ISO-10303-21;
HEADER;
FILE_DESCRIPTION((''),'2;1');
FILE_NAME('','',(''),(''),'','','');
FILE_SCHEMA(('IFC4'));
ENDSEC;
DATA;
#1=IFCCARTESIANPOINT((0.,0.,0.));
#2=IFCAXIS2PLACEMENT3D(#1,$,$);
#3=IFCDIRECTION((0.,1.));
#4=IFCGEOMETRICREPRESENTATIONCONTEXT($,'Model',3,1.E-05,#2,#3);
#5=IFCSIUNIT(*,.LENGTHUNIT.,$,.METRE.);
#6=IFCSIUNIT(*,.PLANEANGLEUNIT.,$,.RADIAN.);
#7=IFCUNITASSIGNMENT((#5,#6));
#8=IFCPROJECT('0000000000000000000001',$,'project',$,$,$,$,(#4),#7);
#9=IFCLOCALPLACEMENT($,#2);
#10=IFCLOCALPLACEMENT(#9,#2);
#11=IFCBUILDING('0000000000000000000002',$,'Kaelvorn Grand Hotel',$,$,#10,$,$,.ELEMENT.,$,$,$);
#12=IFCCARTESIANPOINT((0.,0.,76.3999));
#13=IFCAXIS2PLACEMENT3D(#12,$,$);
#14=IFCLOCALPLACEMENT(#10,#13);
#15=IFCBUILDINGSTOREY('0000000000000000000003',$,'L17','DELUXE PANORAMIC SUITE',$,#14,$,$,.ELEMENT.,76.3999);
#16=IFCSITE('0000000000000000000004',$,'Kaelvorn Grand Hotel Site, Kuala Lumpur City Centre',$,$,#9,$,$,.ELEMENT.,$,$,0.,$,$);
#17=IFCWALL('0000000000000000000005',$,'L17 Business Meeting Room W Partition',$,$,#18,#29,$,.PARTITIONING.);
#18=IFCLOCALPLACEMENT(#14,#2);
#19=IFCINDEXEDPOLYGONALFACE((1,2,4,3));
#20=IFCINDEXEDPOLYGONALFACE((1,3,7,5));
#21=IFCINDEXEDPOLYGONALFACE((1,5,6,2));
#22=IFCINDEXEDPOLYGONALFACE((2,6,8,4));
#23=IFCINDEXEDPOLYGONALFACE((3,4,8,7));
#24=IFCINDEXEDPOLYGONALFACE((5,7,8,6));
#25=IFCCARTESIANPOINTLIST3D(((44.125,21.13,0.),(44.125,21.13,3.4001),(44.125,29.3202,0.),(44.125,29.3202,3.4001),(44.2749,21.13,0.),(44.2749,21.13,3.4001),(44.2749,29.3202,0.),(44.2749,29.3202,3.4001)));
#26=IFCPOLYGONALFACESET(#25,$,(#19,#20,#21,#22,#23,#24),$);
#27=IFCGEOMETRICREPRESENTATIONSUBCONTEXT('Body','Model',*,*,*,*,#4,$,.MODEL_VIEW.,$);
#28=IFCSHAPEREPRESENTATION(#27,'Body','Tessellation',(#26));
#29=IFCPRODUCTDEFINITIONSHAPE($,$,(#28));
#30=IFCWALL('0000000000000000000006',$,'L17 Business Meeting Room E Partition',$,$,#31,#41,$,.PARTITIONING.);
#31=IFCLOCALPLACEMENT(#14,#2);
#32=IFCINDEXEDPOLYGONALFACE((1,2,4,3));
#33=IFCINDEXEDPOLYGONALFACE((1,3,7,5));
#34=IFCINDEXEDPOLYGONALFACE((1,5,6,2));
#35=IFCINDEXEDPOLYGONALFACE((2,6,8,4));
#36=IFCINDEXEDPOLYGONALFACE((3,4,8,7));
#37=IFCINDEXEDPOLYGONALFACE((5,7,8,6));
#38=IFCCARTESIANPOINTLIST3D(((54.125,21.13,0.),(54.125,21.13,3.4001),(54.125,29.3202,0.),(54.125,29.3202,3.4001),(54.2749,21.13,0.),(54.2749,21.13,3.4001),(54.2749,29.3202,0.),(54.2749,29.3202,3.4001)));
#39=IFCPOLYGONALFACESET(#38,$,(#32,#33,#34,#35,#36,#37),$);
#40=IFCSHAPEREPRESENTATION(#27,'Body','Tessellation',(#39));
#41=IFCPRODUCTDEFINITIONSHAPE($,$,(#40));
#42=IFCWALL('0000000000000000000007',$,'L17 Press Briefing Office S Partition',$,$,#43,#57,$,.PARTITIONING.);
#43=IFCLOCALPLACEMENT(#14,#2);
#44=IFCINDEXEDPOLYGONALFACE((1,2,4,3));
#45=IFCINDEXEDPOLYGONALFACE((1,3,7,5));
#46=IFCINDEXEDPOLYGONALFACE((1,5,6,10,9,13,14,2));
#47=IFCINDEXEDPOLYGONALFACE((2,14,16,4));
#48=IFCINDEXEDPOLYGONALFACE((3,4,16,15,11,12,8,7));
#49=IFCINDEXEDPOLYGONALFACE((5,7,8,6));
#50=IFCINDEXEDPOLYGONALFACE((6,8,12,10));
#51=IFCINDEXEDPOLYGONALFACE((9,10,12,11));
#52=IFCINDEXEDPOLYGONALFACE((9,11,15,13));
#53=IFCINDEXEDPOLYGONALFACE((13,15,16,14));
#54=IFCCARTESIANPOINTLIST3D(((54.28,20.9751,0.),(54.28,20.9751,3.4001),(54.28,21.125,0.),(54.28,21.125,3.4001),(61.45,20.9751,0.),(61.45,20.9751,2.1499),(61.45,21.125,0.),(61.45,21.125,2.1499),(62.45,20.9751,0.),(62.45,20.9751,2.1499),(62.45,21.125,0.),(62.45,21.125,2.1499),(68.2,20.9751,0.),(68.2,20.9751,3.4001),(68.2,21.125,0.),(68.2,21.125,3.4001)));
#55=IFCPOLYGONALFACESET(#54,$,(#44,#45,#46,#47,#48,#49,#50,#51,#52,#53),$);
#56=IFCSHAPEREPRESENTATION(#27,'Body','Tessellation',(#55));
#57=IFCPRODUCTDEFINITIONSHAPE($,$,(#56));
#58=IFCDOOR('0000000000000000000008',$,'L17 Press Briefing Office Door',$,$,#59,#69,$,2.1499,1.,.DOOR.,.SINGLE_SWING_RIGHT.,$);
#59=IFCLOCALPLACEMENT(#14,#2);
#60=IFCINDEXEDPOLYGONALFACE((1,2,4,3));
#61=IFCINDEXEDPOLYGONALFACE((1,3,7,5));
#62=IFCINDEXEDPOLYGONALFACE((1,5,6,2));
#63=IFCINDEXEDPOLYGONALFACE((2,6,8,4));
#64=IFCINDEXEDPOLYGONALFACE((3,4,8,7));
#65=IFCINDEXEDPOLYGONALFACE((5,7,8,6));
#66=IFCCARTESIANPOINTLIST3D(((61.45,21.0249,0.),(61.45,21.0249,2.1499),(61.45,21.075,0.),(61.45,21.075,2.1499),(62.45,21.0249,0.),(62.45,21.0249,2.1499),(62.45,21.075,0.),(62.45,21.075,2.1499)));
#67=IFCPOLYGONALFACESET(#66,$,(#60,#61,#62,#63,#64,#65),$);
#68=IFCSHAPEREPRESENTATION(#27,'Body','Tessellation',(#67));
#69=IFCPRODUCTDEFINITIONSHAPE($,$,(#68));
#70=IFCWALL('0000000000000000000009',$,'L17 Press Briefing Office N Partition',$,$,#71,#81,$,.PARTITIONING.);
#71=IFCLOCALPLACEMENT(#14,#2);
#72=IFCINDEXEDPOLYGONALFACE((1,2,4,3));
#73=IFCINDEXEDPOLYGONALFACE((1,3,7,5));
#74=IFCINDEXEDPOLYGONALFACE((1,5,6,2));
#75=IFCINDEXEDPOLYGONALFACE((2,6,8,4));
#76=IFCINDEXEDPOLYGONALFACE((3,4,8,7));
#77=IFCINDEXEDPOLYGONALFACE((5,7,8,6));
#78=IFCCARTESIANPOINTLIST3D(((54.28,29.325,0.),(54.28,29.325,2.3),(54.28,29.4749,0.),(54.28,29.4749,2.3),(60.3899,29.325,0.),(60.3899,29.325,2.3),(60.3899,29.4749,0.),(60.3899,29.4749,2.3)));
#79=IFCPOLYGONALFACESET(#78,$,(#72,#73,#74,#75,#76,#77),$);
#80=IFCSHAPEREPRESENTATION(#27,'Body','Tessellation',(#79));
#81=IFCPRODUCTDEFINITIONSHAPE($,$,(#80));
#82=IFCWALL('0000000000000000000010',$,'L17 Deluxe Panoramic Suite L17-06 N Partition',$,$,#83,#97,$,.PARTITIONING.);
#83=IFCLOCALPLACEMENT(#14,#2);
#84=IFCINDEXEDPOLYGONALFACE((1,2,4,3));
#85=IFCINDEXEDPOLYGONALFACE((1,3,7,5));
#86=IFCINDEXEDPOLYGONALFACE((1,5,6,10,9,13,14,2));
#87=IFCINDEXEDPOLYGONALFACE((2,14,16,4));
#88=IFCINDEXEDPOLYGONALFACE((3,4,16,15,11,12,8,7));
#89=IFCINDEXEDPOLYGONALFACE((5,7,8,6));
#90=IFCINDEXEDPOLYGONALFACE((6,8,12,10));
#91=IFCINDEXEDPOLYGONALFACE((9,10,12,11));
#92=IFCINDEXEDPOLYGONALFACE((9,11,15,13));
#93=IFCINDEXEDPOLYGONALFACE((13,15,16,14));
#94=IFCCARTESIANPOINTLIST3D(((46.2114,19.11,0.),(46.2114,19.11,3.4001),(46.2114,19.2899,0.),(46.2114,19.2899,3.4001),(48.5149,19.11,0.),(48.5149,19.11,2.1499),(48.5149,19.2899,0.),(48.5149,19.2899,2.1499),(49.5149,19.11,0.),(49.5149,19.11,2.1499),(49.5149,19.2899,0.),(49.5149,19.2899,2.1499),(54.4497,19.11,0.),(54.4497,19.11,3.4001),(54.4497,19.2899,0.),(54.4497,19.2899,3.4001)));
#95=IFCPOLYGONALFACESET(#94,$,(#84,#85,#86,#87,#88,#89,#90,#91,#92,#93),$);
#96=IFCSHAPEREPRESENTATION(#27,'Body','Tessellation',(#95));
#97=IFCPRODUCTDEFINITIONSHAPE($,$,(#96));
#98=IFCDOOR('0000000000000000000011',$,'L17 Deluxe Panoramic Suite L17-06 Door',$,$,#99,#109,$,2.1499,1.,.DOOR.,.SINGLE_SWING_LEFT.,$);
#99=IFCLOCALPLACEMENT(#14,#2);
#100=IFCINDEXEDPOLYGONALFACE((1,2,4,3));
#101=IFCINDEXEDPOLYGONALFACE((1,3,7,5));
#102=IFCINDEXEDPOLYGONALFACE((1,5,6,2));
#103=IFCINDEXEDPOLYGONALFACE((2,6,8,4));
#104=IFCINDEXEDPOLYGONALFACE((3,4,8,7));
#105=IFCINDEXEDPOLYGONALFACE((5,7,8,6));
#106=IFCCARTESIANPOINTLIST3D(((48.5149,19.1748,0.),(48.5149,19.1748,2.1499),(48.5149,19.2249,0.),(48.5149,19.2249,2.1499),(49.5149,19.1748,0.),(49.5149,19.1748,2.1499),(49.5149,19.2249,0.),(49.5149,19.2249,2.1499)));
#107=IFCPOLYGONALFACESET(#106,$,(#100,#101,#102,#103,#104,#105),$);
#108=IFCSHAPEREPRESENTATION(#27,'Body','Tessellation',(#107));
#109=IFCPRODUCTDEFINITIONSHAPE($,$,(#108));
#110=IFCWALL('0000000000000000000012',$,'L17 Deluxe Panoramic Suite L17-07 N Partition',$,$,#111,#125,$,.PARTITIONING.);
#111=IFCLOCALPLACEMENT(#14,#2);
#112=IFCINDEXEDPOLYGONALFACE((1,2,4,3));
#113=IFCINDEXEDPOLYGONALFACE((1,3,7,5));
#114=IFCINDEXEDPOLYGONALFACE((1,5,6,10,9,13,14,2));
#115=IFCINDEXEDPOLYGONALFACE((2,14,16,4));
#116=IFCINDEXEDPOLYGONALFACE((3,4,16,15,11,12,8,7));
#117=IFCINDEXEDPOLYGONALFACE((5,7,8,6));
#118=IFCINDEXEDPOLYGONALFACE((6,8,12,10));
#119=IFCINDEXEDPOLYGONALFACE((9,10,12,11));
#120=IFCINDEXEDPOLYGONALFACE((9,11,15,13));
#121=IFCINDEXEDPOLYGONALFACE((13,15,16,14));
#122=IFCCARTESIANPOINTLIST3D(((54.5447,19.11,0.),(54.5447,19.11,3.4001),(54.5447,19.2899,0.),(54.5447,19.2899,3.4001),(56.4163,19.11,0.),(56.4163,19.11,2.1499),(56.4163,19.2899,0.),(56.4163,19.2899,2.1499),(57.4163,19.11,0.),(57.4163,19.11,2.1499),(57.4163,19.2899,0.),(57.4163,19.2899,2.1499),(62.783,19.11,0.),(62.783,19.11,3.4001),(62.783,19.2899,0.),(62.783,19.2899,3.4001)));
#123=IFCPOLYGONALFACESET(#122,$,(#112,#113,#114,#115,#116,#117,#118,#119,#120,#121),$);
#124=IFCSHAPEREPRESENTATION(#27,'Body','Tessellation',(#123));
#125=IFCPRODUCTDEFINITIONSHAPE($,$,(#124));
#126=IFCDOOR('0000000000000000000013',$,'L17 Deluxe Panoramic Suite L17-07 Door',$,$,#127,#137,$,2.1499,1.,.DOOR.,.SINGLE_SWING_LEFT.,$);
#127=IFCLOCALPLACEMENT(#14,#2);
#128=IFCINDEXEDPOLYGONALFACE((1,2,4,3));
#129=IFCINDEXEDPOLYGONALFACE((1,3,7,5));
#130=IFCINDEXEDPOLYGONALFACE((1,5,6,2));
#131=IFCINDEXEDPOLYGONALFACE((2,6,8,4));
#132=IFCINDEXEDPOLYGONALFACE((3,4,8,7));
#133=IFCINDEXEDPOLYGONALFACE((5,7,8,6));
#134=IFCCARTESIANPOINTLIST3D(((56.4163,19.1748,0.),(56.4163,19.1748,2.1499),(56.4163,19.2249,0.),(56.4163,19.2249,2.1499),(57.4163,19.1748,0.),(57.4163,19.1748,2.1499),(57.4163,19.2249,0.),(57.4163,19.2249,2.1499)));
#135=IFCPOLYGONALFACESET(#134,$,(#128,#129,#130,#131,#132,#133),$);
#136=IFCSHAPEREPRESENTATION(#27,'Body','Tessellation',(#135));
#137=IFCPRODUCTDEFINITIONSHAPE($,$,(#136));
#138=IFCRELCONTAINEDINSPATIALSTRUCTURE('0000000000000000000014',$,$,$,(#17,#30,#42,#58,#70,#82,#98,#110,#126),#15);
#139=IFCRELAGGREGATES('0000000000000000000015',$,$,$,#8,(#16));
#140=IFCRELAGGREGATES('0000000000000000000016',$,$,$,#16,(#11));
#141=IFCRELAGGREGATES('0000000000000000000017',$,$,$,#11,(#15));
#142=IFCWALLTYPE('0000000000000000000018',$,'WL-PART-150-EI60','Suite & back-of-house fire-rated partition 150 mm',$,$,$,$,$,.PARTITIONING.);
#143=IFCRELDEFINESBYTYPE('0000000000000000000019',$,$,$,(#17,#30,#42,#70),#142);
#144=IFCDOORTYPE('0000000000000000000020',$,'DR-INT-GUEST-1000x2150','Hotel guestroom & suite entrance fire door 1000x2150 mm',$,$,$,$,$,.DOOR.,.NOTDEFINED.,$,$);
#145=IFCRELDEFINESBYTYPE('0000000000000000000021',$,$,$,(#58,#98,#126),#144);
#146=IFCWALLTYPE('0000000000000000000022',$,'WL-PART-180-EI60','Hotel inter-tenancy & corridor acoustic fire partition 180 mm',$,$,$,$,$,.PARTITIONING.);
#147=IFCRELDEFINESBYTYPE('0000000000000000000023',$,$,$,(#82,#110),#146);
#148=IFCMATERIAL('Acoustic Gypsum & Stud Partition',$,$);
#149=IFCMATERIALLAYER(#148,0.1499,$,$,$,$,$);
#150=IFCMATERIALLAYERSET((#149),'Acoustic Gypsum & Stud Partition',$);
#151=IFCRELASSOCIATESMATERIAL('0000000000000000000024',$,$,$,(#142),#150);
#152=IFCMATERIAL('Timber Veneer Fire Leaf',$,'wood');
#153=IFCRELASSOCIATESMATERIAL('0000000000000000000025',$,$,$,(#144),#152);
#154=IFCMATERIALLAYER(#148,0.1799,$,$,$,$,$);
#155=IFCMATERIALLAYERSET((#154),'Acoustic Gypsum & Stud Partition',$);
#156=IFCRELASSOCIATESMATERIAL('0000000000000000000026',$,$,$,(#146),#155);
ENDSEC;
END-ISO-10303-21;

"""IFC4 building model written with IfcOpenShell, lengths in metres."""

from ifc_helpers import new_model, si_unit, direction, frame, frame_2d, origin, place, context, subcontext, project, spatial, rectangle, extrude, material, layer, layer_set, type_object, element, fill, save


model = new_model("IFC4")

# Units and contexts
model_context = context("Model", 3, precision=1e-05, world=origin(), true_north=direction((0.0, 1.0)))
body_context = subcontext(model_context, "Body", "Model", "MODEL_VIEW")
ifc_project = project(units=[si_unit("LENGTHUNIT", "METRE"), si_unit("PLANEANGLEUNIT", "RADIAN")], contexts=[model_context])

# Site, building, storey
site_placement = place(None, origin())
site = spatial("IfcSite", under=ifc_project, at=site_placement, Name="Kaelvorn Grand Hotel Site, Kuala Lumpur City Centre", CompositionType="ELEMENT", RefElevation=0.0)
building_placement = place(site_placement, origin())
building = spatial("IfcBuilding", under=site, at=building_placement, Name="Kaelvorn Grand Hotel", CompositionType="ELEMENT")
storey_placement = place(building_placement, frame((0.0, 0.0, 76.3999)))
storey = spatial("IfcBuildingStorey", under=building, at=storey_placement, Name="L17", Description="DELUXE PANORAMIC SUITE", CompositionType="ELEMENT", Elevation=76.3999)

# Shared definitions
ifc_material_1 = material(Name="Acoustic Gypsum & Stud Partition")
ifc_layer_1 = layer(ifc_material_1, 0.1499)
ifc_layer_set_1 = layer_set([ifc_layer_1], Name="Acoustic Gypsum & Stud Partition")
wall_type_1 = type_object("IfcWallType", Name="WL-PART-150-EI60", Description="Suite & back-of-house fire-rated partition 150 mm", PredefinedType="PARTITIONING", material=ifc_layer_set_1)
ifc_material_2 = material(Name="Timber Veneer Fire Leaf", Category="wood")
door_type_1 = type_object("IfcDoorType", Name="DR-INT-GUEST-1000x2150", Description="Hotel guestroom & suite entrance fire door 1000x2150 mm", OperationType="NOTDEFINED", PredefinedType="DOOR", material=ifc_material_2)

# Walls
for number, where, z_axis, x_axis, name in (
    (1, (44.2, 21.1299, 0.0), (0.0, 0.0, 1.0), (0.0, 1.0, 0.0), "L17 Business Meeting Room W Partition"),
    (2, (54.2, 21.1299, 0.0), (0.0, 0.0, 1.0), (0.0, 1.0, 0.0), "L17 Business Meeting Room E Partition"),
):
    element("IfcWall", number, at=place(storey_placement, frame(where, z_axis=z_axis, x_axis=x_axis)), inside=storey, type_object=wall_type_1, Name=name, PredefinedType="PARTITIONING", context=body_context, shape_type="SweptSolid", body=[
        extrude(rectangle(XDim=8.1902, YDim=0.1499, at=frame_2d((4.0952, 0.0))), origin(), (0.0, 0.0, 1.0), 3.4001),
    ])

# Wall, opening, door
wall_1_placement = place(storey_placement, frame((54.28, 21.05, 0.0), z_axis=(0.0, 0.0, 1.0), x_axis=(1.0, 0.0, 0.0)))
wall_1 = element("IfcWall", 3, at=wall_1_placement, inside=storey, type_object=wall_type_1, Name="L17 Press Briefing Office S Partition", PredefinedType="PARTITIONING", context=body_context, shape_type="SweptSolid", body=[
    extrude(rectangle(XDim=13.9199, YDim=0.1499, at=frame_2d((6.96, 0.0))), origin(), (0.0, 0.0, 1.0), 3.4001),
])
opening_1_placement = place(wall_1_placement, frame((7.1699, 0.0, 0.0)))
opening_1 = element("IfcOpeningElement", 4, at=opening_1_placement, cuts=wall_1, PredefinedType="OPENING", context=body_context, shape_type="SweptSolid", body=[
    extrude(rectangle(XDim=1.0, YDim=2.1499, at=frame_2d((0.5, 1.075))), frame((0.0, 0.085, 0.0), z_axis=(0.0, -1.0, 0.0), x_axis=(1.0, 0.0, 0.0)), (0.0, 0.0, 1.0), 0.1699),
])
door_1_placement = place(opening_1_placement, origin())
door_1 = element("IfcDoor", 5, at=door_1_placement, inside=storey, type_object=door_type_1, Name="L17 Press Briefing Office Door", OperationType="SINGLE_SWING_RIGHT", OverallHeight=2.1499, OverallWidth=1.0, PredefinedType="DOOR", context=body_context, shape_type="SweptSolid", body=[
    extrude(rectangle(XDim=1.0, YDim=2.1499, at=frame_2d((0.5, 1.075))), frame((0.0, 0.0249, 0.0), z_axis=(0.0, -1.0, 0.0), x_axis=(1.0, 0.0, 0.0)), (0.0, 0.0, 1.0), 0.05),
])
fill(opening_1, door_1)

# Wall
wall_2_placement = place(storey_placement, frame((54.28, 29.3999, 0.0), z_axis=(0.0, 0.0, 1.0), x_axis=(1.0, 0.0, 0.0)))
element("IfcWall", 6, at=wall_2_placement, inside=storey, type_object=wall_type_1, Name="L17 Press Briefing Office N Partition", PredefinedType="PARTITIONING", context=body_context, shape_type="SweptSolid", body=[
    extrude(rectangle(XDim=6.1099, YDim=0.1499, at=frame_2d((3.0549, 0.0))), origin(), (0.0, 0.0, 1.0), 2.3),
])

# Walls, openings, doors
ifc_layer_2 = layer(ifc_material_1, 0.1799)
ifc_layer_set_2 = layer_set([ifc_layer_2], Name="Acoustic Gypsum & Stud Partition")
wall_type_2 = type_object("IfcWallType", Name="WL-PART-180-EI60", Description="Hotel inter-tenancy & corridor acoustic fire partition 180 mm", PredefinedType="PARTITIONING", material=ifc_layer_set_2)
wall_3_placement = place(storey_placement, frame((46.2114, 19.2, 0.0), z_axis=(0.0, 0.0, 1.0), x_axis=(1.0, 0.0, 0.0)))
wall_3 = element("IfcWall", 7, at=wall_3_placement, inside=storey, type_object=wall_type_2, Name="L17 Deluxe Panoramic Suite L17-06 N Partition", PredefinedType="PARTITIONING", context=body_context, shape_type="SweptSolid", body=[
    extrude(rectangle(XDim=8.2383, YDim=0.1799, at=frame_2d((4.1191, 0.0))), origin(), (0.0, 0.0, 1.0), 3.4001),
])
opening_2_placement = place(wall_3_placement, frame((2.3035, 0.0, 0.0)))
opening_2 = element("IfcOpeningElement", 8, at=opening_2_placement, cuts=wall_3, PredefinedType="OPENING", context=body_context, shape_type="SweptSolid", body=[
    extrude(rectangle(XDim=1.0, YDim=2.1499, at=frame_2d((0.5, 1.075))), frame((0.0, 0.1001, 0.0), z_axis=(0.0, -1.0, 0.0), x_axis=(1.0, 0.0, 0.0)), (0.0, 0.0, 1.0), 0.2),
])
door_2_placement = place(opening_2_placement, origin())
door_2 = element("IfcDoor", 9, at=door_2_placement, inside=storey, type_object=door_type_1, Name="L17 Deluxe Panoramic Suite L17-06 Door", OperationType="SINGLE_SWING_LEFT", OverallHeight=2.1499, OverallWidth=1.0, PredefinedType="DOOR", context=body_context, shape_type="SweptSolid", body=[
    extrude(rectangle(XDim=1.0, YDim=2.1499, at=frame_2d((0.5, 1.075))), frame((0.0, 0.0249, 0.0), z_axis=(0.0, -1.0, 0.0), x_axis=(1.0, 0.0, 0.0)), (0.0, 0.0, 1.0), 0.05),
])
fill(opening_2, door_2)
wall_4_placement = place(storey_placement, frame((54.5447, 19.2, 0.0), z_axis=(0.0, 0.0, 1.0), x_axis=(1.0, 0.0, 0.0)))
wall_4 = element("IfcWall", 10, at=wall_4_placement, inside=storey, type_object=wall_type_2, Name="L17 Deluxe Panoramic Suite L17-07 N Partition", PredefinedType="PARTITIONING", context=body_context, shape_type="SweptSolid", body=[
    extrude(rectangle(XDim=8.2383, YDim=0.1799, at=frame_2d((4.1191, 0.0))), origin(), (0.0, 0.0, 1.0), 3.4001),
])
opening_3_placement = place(wall_4_placement, frame((1.8716, 0.0, 0.0)))
opening_3 = element("IfcOpeningElement", 11, at=opening_3_placement, cuts=wall_4, PredefinedType="OPENING", context=body_context, shape_type="SweptSolid", body=[
    extrude(rectangle(XDim=1.0, YDim=2.1499, at=frame_2d((0.5, 1.075))), frame((0.0, 0.1001, 0.0), z_axis=(0.0, -1.0, 0.0), x_axis=(1.0, 0.0, 0.0)), (0.0, 0.0, 1.0), 0.2),
])
door_3_placement = place(opening_3_placement, origin())
door_3 = element("IfcDoor", 12, at=door_3_placement, inside=storey, type_object=door_type_1, Name="L17 Deluxe Panoramic Suite L17-07 Door", OperationType="SINGLE_SWING_LEFT", OverallHeight=2.1499, OverallWidth=1.0, PredefinedType="DOOR", context=body_context, shape_type="SweptSolid", body=[
    extrude(rectangle(XDim=1.0, YDim=2.1499, at=frame_2d((0.5, 1.075))), frame((0.0, 0.0249, 0.0), z_axis=(0.0, -1.0, 0.0), x_axis=(1.0, 0.0, 0.0)), (0.0, 0.0, 1.0), 0.05),
])
fill(opening_3, door_3)

save(model, "model.ifc")
